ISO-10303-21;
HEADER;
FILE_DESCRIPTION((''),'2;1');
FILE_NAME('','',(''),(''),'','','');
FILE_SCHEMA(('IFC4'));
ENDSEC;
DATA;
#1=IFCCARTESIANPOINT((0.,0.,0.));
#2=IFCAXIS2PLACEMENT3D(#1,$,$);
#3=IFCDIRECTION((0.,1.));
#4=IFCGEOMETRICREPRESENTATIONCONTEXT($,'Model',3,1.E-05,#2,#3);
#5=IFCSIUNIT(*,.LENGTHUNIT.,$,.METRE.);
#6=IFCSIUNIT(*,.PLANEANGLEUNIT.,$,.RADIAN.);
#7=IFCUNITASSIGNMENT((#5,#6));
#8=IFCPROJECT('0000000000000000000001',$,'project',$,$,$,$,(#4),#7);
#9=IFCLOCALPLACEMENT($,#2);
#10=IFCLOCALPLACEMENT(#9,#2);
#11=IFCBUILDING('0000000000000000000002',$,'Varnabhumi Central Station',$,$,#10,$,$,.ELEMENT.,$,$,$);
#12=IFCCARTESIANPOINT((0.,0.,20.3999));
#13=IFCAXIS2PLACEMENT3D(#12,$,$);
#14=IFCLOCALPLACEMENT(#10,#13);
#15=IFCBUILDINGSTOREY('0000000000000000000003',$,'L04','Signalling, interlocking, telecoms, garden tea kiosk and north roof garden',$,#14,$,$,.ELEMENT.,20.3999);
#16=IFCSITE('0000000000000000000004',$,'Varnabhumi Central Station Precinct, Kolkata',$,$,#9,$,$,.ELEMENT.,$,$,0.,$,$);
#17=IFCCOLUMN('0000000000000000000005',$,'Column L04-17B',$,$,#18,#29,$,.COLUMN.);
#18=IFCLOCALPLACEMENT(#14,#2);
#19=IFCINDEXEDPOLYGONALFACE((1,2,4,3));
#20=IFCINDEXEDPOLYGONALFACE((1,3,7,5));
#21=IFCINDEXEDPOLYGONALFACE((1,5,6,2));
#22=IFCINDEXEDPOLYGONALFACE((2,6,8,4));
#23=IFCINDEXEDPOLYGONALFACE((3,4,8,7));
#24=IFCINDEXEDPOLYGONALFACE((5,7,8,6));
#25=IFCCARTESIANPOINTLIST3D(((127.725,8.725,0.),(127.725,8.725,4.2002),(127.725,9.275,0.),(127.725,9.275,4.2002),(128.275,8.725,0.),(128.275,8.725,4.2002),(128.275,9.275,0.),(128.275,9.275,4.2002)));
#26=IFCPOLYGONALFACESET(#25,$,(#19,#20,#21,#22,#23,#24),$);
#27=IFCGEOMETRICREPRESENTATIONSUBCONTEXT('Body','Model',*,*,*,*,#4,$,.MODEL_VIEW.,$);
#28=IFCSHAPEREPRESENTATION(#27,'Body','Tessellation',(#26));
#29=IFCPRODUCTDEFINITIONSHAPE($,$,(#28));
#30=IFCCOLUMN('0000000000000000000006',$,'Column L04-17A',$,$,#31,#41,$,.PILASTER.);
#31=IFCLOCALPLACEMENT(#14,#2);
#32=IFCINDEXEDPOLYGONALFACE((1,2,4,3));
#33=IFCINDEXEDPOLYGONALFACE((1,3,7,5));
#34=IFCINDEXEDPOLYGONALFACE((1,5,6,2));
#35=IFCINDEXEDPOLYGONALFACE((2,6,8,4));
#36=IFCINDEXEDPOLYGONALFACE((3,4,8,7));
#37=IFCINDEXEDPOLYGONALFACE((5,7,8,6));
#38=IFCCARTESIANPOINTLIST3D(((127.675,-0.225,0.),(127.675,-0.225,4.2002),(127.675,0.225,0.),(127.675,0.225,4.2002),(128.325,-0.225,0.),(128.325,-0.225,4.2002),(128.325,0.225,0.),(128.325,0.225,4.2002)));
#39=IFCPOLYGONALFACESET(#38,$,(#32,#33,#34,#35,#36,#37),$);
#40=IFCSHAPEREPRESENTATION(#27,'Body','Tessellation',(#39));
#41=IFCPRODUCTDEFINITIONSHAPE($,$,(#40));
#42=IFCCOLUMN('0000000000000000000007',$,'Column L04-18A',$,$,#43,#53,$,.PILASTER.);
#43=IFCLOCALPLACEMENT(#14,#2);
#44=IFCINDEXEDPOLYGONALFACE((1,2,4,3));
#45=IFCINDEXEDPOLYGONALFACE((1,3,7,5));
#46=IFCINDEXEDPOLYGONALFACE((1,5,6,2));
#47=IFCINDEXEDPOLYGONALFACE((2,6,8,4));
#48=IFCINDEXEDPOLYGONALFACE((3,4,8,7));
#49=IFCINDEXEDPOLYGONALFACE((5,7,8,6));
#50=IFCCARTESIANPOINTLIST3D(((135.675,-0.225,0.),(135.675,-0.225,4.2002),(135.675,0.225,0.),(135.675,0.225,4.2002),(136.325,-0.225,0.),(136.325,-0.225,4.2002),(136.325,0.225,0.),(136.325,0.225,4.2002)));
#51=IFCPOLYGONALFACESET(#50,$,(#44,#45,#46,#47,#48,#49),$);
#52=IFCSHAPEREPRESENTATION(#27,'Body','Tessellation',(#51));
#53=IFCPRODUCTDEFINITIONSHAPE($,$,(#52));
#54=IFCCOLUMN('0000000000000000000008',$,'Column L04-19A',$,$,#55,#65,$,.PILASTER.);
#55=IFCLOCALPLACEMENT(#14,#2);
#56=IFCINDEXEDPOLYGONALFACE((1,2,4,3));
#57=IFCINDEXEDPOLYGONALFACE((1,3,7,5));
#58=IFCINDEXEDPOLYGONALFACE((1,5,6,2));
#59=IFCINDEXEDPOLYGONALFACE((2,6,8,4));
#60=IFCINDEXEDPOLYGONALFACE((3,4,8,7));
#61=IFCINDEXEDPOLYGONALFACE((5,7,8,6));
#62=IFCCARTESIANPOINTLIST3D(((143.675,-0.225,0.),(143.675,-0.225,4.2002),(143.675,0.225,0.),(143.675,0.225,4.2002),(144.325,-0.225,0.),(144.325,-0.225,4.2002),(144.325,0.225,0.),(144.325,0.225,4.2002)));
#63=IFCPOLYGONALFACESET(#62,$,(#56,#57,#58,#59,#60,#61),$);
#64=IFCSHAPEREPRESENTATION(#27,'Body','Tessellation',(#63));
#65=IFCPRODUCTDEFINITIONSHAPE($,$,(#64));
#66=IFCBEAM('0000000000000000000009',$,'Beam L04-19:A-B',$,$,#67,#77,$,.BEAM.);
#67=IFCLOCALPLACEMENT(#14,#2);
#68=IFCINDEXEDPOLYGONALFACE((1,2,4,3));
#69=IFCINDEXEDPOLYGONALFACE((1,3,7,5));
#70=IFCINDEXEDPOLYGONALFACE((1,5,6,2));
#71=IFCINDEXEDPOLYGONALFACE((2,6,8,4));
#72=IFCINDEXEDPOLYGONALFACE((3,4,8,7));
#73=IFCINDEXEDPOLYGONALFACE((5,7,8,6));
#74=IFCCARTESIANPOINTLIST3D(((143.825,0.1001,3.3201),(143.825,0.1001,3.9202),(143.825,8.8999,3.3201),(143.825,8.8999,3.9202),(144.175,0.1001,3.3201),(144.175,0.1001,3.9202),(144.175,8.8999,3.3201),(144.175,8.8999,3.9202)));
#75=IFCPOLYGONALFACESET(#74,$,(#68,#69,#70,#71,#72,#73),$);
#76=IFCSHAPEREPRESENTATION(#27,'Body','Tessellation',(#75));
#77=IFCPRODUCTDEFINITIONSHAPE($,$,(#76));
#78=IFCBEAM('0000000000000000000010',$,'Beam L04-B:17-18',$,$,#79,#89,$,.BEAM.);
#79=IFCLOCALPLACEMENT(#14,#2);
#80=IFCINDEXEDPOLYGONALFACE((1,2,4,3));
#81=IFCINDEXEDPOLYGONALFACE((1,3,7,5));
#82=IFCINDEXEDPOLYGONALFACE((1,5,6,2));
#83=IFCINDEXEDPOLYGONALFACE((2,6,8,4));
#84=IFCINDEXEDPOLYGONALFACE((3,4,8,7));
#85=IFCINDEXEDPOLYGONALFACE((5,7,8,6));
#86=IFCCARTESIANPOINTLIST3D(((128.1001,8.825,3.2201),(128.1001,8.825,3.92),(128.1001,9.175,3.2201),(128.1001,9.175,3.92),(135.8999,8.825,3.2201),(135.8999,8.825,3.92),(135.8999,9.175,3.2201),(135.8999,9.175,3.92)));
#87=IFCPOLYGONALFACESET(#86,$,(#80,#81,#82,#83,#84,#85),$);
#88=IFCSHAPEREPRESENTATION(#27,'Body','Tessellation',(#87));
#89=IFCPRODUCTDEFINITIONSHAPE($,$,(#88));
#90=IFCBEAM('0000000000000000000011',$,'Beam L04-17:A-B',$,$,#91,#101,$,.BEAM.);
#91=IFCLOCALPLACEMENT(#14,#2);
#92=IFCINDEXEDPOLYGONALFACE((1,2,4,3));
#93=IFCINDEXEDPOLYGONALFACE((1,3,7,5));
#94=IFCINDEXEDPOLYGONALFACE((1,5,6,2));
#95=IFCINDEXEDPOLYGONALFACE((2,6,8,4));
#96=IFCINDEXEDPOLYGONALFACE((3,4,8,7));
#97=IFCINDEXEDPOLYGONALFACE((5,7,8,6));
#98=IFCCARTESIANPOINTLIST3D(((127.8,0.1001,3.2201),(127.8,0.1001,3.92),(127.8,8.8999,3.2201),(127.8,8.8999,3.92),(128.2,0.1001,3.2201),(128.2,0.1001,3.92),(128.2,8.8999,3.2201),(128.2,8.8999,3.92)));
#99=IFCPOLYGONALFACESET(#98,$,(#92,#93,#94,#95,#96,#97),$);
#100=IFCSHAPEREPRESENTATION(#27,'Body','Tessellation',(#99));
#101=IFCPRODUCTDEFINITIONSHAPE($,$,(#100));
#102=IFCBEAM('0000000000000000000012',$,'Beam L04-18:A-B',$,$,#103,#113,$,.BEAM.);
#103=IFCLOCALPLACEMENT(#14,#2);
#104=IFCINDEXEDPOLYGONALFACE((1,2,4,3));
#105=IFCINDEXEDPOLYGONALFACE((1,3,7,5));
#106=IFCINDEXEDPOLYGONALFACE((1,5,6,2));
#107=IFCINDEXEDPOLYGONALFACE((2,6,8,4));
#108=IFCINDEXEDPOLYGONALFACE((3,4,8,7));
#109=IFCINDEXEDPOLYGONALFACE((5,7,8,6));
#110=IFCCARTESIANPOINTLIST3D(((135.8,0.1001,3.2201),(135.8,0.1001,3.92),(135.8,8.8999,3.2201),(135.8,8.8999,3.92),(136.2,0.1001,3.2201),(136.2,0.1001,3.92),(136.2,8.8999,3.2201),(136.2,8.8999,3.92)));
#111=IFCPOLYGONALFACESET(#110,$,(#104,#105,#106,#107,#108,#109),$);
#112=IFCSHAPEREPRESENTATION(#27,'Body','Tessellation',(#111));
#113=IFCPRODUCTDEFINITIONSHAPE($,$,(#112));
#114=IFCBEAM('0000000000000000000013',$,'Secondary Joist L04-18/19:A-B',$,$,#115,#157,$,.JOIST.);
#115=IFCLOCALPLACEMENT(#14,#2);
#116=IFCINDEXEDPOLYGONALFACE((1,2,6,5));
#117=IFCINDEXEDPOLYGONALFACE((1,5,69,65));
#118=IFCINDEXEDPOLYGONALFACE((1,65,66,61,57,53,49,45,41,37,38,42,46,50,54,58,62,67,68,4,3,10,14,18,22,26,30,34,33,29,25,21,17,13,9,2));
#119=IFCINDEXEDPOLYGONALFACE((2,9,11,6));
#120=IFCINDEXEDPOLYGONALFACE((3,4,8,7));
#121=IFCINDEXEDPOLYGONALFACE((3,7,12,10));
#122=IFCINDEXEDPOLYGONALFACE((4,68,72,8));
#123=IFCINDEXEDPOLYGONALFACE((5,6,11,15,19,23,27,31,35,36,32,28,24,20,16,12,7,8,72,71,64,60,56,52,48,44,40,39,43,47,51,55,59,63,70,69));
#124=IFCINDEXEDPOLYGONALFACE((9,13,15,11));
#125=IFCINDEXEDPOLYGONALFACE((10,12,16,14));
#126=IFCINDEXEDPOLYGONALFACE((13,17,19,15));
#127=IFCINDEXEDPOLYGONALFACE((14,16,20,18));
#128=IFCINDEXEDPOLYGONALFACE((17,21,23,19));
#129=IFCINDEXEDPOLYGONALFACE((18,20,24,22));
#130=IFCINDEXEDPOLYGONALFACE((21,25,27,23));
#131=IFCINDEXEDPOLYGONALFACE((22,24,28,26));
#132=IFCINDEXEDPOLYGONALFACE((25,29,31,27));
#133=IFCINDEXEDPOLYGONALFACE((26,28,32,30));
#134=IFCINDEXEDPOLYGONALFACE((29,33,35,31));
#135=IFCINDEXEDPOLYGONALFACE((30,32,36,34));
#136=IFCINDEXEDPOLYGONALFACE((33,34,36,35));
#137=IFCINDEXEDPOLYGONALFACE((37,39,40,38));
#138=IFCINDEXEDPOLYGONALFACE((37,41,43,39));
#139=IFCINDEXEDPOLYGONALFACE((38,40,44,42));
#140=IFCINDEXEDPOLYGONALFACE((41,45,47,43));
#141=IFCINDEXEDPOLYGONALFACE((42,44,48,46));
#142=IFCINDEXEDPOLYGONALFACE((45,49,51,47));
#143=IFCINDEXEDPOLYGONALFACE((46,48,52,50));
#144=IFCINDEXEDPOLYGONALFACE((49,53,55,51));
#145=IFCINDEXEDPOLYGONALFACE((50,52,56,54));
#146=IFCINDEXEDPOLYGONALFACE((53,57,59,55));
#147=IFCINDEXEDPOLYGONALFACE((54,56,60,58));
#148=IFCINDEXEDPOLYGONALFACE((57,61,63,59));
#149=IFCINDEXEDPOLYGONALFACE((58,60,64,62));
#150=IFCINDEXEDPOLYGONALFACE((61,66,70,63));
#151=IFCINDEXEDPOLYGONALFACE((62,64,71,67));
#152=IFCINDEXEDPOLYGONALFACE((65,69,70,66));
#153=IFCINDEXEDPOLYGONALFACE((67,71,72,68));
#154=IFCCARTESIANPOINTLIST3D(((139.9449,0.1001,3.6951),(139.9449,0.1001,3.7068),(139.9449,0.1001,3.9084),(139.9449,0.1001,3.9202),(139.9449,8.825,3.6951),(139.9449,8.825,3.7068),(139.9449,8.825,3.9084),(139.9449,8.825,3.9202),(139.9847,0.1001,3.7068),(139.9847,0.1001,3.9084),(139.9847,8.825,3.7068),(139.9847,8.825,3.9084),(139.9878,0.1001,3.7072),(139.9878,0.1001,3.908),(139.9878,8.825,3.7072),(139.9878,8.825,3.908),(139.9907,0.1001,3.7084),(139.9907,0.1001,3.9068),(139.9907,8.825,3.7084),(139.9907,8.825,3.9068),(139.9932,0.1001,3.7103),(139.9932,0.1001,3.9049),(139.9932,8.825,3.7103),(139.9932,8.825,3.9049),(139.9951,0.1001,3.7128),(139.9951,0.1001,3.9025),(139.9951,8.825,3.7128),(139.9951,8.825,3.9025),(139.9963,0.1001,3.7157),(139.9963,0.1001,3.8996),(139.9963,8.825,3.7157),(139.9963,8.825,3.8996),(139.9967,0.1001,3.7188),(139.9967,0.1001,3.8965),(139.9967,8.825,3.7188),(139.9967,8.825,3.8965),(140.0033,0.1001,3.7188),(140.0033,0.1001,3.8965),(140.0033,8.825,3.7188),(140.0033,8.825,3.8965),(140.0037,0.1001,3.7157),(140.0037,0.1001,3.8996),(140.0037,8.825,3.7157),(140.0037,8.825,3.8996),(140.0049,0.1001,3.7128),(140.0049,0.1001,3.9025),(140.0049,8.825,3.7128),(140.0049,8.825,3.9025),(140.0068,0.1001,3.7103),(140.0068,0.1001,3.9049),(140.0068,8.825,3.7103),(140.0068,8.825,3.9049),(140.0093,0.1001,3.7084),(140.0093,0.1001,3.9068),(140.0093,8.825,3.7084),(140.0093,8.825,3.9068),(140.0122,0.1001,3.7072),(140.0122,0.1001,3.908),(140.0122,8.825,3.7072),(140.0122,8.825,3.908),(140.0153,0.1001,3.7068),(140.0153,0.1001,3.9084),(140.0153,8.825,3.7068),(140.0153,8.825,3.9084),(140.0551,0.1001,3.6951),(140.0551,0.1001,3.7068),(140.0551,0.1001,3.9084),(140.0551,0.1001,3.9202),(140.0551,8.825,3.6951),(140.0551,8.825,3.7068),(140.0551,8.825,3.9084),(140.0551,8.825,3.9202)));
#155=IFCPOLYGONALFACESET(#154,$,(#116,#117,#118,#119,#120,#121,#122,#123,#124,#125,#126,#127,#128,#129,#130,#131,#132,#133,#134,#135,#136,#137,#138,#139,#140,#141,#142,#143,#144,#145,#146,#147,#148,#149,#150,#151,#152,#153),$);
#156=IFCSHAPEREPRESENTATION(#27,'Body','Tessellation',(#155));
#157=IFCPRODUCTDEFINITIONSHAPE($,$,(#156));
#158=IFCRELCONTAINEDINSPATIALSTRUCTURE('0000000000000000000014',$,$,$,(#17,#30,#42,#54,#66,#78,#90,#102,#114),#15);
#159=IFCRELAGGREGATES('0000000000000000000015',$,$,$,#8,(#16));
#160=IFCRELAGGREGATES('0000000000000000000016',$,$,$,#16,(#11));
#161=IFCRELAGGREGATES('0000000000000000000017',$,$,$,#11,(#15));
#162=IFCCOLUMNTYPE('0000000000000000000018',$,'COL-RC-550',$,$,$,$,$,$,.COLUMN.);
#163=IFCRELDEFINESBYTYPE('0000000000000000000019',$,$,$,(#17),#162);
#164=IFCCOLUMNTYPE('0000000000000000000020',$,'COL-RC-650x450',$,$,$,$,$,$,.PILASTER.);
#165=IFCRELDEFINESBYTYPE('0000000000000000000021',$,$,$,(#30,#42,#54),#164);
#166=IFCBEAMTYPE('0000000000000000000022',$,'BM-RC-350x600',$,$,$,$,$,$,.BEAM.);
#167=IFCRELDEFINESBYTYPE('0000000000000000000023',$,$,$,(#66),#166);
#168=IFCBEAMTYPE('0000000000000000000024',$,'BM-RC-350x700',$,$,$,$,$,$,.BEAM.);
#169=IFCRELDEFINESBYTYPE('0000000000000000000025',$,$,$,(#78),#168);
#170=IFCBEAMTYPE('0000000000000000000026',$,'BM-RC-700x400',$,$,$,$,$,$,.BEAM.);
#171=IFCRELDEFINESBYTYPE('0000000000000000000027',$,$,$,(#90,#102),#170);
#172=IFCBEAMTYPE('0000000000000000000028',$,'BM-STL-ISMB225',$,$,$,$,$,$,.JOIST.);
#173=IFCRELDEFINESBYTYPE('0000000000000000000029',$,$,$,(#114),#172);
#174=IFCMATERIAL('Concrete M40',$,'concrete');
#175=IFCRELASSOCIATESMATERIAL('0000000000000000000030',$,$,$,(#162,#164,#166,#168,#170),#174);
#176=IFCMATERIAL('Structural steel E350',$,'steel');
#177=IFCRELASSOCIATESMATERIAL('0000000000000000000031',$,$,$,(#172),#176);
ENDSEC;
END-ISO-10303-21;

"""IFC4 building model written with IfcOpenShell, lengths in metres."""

from ifc_helpers import new_model, si_unit, direction, frame, origin, origin_2d, place, context, subcontext, project, spatial, rectangle, i_section, extrude, material, material_profile, profile_set, type_object, element, save


model = new_model("IFC4")

# Units and contexts
model_context = context("Model", 3, precision=1e-05, world=origin(), true_north=direction((0.0, 1.0)))
body_context = subcontext(model_context, "Body", "Model", "MODEL_VIEW")
ifc_project = project(units=[si_unit("LENGTHUNIT", "METRE"), si_unit("PLANEANGLEUNIT", "RADIAN")], contexts=[model_context])

# Site, building, storey
site_placement = place(None, origin())
site = spatial("IfcSite", under=ifc_project, at=site_placement, Name="Varnabhumi Central Station Precinct, Kolkata", CompositionType="ELEMENT", RefElevation=0.0)
building_placement = place(site_placement, origin())
building = spatial("IfcBuilding", under=site, at=building_placement, Name="Varnabhumi Central Station", CompositionType="ELEMENT")
storey_placement = place(building_placement, frame((0.0, 0.0, 20.3999)))
storey = spatial("IfcBuildingStorey", under=building, at=storey_placement, Name="L04", Description="Signalling, interlocking, telecoms, garden tea kiosk and north roof garden", CompositionType="ELEMENT", Elevation=20.3999)

# Columns
ifc_material_1 = material(Name="Concrete M40", Category="concrete")
ifc_material_profile_1 = material_profile(ifc_material_1, rectangle(XDim=0.55, YDim=0.55, at=origin_2d()), Name="Concrete M40", Category="concrete")
ifc_profile_set_1 = profile_set([ifc_material_profile_1], Name="Concrete M40")
column_type_1 = type_object("IfcColumnType", Name="COL-RC-550", PredefinedType="COLUMN", material=ifc_profile_set_1)
column_placement = place(storey_placement, frame((128.0, 9.0, 0.0), z_axis=(0.0, 0.0, 1.0), x_axis=(1.0, 0.0, 0.0)))
element("IfcColumn", 1, at=column_placement, inside=storey, type_object=column_type_1, Name="Column L04-17B", PredefinedType="COLUMN", context=body_context, shape_type="SweptSolid", body=[
    extrude(rectangle(XDim=0.55, YDim=0.55, at=origin_2d()), origin(), (0.0, 0.0, 1.0), 4.2002),
])
ifc_material_profile_2 = material_profile(ifc_material_1, rectangle(XDim=0.6499, YDim=0.45, at=origin_2d()), Name="Concrete M40", Category="concrete")
ifc_profile_set_2 = profile_set([ifc_material_profile_2], Name="Concrete M40")
column_type_2 = type_object("IfcColumnType", Name="COL-RC-650x450", PredefinedType="PILASTER", material=ifc_profile_set_2)
for number, where, z_axis, x_axis, name in (
    (2, (128.0, 0.0, 0.0), (0.0, 0.0, 1.0), (1.0, 0.0, 0.0), "Column L04-17A"),
    (3, (136.0, 0.0, 0.0), (0.0, 0.0, 1.0), (1.0, 0.0, 0.0), "Column L04-18A"),
    (4, (144.0, 0.0, 0.0), (0.0, 0.0, 1.0), (1.0, 0.0, 0.0), "Column L04-19A"),
):
    element("IfcColumn", number, at=place(storey_placement, frame(where, z_axis=z_axis, x_axis=x_axis)), inside=storey, type_object=column_type_2, Name=name, PredefinedType="PILASTER", context=body_context, shape_type="SweptSolid", body=[
        extrude(rectangle(XDim=0.6499, YDim=0.45, at=origin_2d()), origin(), (0.0, 0.0, 1.0), 4.2002),
    ])

# Beams
ifc_material_profile_3 = material_profile(ifc_material_1, rectangle(XDim=0.3501, YDim=0.6001, at=origin_2d()), Name="Concrete M40", Category="concrete")
ifc_profile_set_3 = profile_set([ifc_material_profile_3], Name="Concrete M40")
beam_type_1 = type_object("IfcBeamType", Name="BM-RC-350x600", PredefinedType="BEAM", material=ifc_profile_set_3)
beam_1_placement = place(storey_placement, frame((144.0, 0.1001, 3.6201), z_axis=(0.0, 1.0, 0.0), x_axis=(-1.0, 0.0, 0.0)))
element("IfcBeam", 5, at=beam_1_placement, inside=storey, type_object=beam_type_1, Name="Beam L04-19:A-B", PredefinedType="BEAM", context=body_context, shape_type="SweptSolid", body=[
    extrude(rectangle(XDim=0.3501, YDim=0.6001, at=origin_2d()), origin(), (0.0, 0.0, 1.0), 8.7998),
])
ifc_material_profile_4 = material_profile(ifc_material_1, rectangle(XDim=0.3501, YDim=0.7, at=origin_2d()), Name="Concrete M40", Category="concrete")
ifc_profile_set_4 = profile_set([ifc_material_profile_4], Name="Concrete M40")
beam_type_2 = type_object("IfcBeamType", Name="BM-RC-350x700", PredefinedType="BEAM", material=ifc_profile_set_4)
beam_2_placement = place(storey_placement, frame((128.1001, 9.0, 3.5701), z_axis=(1.0, 0.0, 0.0), x_axis=(0.0, 1.0, 0.0)))
element("IfcBeam", 6, at=beam_2_placement, inside=storey, type_object=beam_type_2, Name="Beam L04-B:17-18", PredefinedType="BEAM", context=body_context, shape_type="SweptSolid", body=[
    extrude(rectangle(XDim=0.3501, YDim=0.7, at=origin_2d()), origin(), (0.0, 0.0, 1.0), 7.7998),
])
ifc_material_profile_5 = material_profile(ifc_material_1, rectangle(XDim=0.3999, YDim=0.7, at=origin_2d()), Name="Concrete M40", Category="concrete")
ifc_profile_set_5 = profile_set([ifc_material_profile_5], Name="Concrete M40")
beam_type_3 = type_object("IfcBeamType", Name="BM-RC-700x400", PredefinedType="BEAM", material=ifc_profile_set_5)
for number, where, z_axis, x_axis, name in (
    (7, (128.0, 0.1001, 3.5701), (0.0, 1.0, 0.0), (-1.0, 0.0, 0.0), "Beam L04-17:A-B"),
    (8, (136.0, 0.1001, 3.5701), (0.0, 1.0, 0.0), (-1.0, 0.0, 0.0), "Beam L04-18:A-B"),
):
    element("IfcBeam", number, at=place(storey_placement, frame(where, z_axis=z_axis, x_axis=x_axis)), inside=storey, type_object=beam_type_3, Name=name, PredefinedType="BEAM", context=body_context, shape_type="SweptSolid", body=[
        extrude(rectangle(XDim=0.3999, YDim=0.7, at=origin_2d()), origin(), (0.0, 0.0, 1.0), 8.7998),
    ])
ifc_material_2 = material(Name="Structural steel E350", Category="steel")
ifc_material_profile_6 = material_profile(ifc_material_2, i_section(OverallWidth=0.1101, OverallDepth=0.2251, WebThickness=0.0066, FlangeThickness=0.0117, FilletRadius=0.012, at=origin_2d()), Name="Structural steel E350", Category="steel")
ifc_profile_set_6 = profile_set([ifc_material_profile_6], Name="Structural steel E350")
beam_type_4 = type_object("IfcBeamType", Name="BM-STL-ISMB225", PredefinedType="JOIST", material=ifc_profile_set_6)
beam_3_placement = place(storey_placement, frame((140.0, 0.1001, 3.8076), z_axis=(0.0, 1.0, 0.0), x_axis=(-1.0, 0.0, 0.0)))
element("IfcBeam", 9, at=beam_3_placement, inside=storey, type_object=beam_type_4, Name="Secondary Joist L04-18/19:A-B", PredefinedType="JOIST", context=body_context, shape_type="SweptSolid", body=[
    extrude(i_section(OverallWidth=0.1101, OverallDepth=0.2251, WebThickness=0.0066, FlangeThickness=0.0117, FilletRadius=0.012, at=origin_2d()), origin(), (0.0, 0.0, 1.0), 8.7249),
])

save(model, "model.ifc")
